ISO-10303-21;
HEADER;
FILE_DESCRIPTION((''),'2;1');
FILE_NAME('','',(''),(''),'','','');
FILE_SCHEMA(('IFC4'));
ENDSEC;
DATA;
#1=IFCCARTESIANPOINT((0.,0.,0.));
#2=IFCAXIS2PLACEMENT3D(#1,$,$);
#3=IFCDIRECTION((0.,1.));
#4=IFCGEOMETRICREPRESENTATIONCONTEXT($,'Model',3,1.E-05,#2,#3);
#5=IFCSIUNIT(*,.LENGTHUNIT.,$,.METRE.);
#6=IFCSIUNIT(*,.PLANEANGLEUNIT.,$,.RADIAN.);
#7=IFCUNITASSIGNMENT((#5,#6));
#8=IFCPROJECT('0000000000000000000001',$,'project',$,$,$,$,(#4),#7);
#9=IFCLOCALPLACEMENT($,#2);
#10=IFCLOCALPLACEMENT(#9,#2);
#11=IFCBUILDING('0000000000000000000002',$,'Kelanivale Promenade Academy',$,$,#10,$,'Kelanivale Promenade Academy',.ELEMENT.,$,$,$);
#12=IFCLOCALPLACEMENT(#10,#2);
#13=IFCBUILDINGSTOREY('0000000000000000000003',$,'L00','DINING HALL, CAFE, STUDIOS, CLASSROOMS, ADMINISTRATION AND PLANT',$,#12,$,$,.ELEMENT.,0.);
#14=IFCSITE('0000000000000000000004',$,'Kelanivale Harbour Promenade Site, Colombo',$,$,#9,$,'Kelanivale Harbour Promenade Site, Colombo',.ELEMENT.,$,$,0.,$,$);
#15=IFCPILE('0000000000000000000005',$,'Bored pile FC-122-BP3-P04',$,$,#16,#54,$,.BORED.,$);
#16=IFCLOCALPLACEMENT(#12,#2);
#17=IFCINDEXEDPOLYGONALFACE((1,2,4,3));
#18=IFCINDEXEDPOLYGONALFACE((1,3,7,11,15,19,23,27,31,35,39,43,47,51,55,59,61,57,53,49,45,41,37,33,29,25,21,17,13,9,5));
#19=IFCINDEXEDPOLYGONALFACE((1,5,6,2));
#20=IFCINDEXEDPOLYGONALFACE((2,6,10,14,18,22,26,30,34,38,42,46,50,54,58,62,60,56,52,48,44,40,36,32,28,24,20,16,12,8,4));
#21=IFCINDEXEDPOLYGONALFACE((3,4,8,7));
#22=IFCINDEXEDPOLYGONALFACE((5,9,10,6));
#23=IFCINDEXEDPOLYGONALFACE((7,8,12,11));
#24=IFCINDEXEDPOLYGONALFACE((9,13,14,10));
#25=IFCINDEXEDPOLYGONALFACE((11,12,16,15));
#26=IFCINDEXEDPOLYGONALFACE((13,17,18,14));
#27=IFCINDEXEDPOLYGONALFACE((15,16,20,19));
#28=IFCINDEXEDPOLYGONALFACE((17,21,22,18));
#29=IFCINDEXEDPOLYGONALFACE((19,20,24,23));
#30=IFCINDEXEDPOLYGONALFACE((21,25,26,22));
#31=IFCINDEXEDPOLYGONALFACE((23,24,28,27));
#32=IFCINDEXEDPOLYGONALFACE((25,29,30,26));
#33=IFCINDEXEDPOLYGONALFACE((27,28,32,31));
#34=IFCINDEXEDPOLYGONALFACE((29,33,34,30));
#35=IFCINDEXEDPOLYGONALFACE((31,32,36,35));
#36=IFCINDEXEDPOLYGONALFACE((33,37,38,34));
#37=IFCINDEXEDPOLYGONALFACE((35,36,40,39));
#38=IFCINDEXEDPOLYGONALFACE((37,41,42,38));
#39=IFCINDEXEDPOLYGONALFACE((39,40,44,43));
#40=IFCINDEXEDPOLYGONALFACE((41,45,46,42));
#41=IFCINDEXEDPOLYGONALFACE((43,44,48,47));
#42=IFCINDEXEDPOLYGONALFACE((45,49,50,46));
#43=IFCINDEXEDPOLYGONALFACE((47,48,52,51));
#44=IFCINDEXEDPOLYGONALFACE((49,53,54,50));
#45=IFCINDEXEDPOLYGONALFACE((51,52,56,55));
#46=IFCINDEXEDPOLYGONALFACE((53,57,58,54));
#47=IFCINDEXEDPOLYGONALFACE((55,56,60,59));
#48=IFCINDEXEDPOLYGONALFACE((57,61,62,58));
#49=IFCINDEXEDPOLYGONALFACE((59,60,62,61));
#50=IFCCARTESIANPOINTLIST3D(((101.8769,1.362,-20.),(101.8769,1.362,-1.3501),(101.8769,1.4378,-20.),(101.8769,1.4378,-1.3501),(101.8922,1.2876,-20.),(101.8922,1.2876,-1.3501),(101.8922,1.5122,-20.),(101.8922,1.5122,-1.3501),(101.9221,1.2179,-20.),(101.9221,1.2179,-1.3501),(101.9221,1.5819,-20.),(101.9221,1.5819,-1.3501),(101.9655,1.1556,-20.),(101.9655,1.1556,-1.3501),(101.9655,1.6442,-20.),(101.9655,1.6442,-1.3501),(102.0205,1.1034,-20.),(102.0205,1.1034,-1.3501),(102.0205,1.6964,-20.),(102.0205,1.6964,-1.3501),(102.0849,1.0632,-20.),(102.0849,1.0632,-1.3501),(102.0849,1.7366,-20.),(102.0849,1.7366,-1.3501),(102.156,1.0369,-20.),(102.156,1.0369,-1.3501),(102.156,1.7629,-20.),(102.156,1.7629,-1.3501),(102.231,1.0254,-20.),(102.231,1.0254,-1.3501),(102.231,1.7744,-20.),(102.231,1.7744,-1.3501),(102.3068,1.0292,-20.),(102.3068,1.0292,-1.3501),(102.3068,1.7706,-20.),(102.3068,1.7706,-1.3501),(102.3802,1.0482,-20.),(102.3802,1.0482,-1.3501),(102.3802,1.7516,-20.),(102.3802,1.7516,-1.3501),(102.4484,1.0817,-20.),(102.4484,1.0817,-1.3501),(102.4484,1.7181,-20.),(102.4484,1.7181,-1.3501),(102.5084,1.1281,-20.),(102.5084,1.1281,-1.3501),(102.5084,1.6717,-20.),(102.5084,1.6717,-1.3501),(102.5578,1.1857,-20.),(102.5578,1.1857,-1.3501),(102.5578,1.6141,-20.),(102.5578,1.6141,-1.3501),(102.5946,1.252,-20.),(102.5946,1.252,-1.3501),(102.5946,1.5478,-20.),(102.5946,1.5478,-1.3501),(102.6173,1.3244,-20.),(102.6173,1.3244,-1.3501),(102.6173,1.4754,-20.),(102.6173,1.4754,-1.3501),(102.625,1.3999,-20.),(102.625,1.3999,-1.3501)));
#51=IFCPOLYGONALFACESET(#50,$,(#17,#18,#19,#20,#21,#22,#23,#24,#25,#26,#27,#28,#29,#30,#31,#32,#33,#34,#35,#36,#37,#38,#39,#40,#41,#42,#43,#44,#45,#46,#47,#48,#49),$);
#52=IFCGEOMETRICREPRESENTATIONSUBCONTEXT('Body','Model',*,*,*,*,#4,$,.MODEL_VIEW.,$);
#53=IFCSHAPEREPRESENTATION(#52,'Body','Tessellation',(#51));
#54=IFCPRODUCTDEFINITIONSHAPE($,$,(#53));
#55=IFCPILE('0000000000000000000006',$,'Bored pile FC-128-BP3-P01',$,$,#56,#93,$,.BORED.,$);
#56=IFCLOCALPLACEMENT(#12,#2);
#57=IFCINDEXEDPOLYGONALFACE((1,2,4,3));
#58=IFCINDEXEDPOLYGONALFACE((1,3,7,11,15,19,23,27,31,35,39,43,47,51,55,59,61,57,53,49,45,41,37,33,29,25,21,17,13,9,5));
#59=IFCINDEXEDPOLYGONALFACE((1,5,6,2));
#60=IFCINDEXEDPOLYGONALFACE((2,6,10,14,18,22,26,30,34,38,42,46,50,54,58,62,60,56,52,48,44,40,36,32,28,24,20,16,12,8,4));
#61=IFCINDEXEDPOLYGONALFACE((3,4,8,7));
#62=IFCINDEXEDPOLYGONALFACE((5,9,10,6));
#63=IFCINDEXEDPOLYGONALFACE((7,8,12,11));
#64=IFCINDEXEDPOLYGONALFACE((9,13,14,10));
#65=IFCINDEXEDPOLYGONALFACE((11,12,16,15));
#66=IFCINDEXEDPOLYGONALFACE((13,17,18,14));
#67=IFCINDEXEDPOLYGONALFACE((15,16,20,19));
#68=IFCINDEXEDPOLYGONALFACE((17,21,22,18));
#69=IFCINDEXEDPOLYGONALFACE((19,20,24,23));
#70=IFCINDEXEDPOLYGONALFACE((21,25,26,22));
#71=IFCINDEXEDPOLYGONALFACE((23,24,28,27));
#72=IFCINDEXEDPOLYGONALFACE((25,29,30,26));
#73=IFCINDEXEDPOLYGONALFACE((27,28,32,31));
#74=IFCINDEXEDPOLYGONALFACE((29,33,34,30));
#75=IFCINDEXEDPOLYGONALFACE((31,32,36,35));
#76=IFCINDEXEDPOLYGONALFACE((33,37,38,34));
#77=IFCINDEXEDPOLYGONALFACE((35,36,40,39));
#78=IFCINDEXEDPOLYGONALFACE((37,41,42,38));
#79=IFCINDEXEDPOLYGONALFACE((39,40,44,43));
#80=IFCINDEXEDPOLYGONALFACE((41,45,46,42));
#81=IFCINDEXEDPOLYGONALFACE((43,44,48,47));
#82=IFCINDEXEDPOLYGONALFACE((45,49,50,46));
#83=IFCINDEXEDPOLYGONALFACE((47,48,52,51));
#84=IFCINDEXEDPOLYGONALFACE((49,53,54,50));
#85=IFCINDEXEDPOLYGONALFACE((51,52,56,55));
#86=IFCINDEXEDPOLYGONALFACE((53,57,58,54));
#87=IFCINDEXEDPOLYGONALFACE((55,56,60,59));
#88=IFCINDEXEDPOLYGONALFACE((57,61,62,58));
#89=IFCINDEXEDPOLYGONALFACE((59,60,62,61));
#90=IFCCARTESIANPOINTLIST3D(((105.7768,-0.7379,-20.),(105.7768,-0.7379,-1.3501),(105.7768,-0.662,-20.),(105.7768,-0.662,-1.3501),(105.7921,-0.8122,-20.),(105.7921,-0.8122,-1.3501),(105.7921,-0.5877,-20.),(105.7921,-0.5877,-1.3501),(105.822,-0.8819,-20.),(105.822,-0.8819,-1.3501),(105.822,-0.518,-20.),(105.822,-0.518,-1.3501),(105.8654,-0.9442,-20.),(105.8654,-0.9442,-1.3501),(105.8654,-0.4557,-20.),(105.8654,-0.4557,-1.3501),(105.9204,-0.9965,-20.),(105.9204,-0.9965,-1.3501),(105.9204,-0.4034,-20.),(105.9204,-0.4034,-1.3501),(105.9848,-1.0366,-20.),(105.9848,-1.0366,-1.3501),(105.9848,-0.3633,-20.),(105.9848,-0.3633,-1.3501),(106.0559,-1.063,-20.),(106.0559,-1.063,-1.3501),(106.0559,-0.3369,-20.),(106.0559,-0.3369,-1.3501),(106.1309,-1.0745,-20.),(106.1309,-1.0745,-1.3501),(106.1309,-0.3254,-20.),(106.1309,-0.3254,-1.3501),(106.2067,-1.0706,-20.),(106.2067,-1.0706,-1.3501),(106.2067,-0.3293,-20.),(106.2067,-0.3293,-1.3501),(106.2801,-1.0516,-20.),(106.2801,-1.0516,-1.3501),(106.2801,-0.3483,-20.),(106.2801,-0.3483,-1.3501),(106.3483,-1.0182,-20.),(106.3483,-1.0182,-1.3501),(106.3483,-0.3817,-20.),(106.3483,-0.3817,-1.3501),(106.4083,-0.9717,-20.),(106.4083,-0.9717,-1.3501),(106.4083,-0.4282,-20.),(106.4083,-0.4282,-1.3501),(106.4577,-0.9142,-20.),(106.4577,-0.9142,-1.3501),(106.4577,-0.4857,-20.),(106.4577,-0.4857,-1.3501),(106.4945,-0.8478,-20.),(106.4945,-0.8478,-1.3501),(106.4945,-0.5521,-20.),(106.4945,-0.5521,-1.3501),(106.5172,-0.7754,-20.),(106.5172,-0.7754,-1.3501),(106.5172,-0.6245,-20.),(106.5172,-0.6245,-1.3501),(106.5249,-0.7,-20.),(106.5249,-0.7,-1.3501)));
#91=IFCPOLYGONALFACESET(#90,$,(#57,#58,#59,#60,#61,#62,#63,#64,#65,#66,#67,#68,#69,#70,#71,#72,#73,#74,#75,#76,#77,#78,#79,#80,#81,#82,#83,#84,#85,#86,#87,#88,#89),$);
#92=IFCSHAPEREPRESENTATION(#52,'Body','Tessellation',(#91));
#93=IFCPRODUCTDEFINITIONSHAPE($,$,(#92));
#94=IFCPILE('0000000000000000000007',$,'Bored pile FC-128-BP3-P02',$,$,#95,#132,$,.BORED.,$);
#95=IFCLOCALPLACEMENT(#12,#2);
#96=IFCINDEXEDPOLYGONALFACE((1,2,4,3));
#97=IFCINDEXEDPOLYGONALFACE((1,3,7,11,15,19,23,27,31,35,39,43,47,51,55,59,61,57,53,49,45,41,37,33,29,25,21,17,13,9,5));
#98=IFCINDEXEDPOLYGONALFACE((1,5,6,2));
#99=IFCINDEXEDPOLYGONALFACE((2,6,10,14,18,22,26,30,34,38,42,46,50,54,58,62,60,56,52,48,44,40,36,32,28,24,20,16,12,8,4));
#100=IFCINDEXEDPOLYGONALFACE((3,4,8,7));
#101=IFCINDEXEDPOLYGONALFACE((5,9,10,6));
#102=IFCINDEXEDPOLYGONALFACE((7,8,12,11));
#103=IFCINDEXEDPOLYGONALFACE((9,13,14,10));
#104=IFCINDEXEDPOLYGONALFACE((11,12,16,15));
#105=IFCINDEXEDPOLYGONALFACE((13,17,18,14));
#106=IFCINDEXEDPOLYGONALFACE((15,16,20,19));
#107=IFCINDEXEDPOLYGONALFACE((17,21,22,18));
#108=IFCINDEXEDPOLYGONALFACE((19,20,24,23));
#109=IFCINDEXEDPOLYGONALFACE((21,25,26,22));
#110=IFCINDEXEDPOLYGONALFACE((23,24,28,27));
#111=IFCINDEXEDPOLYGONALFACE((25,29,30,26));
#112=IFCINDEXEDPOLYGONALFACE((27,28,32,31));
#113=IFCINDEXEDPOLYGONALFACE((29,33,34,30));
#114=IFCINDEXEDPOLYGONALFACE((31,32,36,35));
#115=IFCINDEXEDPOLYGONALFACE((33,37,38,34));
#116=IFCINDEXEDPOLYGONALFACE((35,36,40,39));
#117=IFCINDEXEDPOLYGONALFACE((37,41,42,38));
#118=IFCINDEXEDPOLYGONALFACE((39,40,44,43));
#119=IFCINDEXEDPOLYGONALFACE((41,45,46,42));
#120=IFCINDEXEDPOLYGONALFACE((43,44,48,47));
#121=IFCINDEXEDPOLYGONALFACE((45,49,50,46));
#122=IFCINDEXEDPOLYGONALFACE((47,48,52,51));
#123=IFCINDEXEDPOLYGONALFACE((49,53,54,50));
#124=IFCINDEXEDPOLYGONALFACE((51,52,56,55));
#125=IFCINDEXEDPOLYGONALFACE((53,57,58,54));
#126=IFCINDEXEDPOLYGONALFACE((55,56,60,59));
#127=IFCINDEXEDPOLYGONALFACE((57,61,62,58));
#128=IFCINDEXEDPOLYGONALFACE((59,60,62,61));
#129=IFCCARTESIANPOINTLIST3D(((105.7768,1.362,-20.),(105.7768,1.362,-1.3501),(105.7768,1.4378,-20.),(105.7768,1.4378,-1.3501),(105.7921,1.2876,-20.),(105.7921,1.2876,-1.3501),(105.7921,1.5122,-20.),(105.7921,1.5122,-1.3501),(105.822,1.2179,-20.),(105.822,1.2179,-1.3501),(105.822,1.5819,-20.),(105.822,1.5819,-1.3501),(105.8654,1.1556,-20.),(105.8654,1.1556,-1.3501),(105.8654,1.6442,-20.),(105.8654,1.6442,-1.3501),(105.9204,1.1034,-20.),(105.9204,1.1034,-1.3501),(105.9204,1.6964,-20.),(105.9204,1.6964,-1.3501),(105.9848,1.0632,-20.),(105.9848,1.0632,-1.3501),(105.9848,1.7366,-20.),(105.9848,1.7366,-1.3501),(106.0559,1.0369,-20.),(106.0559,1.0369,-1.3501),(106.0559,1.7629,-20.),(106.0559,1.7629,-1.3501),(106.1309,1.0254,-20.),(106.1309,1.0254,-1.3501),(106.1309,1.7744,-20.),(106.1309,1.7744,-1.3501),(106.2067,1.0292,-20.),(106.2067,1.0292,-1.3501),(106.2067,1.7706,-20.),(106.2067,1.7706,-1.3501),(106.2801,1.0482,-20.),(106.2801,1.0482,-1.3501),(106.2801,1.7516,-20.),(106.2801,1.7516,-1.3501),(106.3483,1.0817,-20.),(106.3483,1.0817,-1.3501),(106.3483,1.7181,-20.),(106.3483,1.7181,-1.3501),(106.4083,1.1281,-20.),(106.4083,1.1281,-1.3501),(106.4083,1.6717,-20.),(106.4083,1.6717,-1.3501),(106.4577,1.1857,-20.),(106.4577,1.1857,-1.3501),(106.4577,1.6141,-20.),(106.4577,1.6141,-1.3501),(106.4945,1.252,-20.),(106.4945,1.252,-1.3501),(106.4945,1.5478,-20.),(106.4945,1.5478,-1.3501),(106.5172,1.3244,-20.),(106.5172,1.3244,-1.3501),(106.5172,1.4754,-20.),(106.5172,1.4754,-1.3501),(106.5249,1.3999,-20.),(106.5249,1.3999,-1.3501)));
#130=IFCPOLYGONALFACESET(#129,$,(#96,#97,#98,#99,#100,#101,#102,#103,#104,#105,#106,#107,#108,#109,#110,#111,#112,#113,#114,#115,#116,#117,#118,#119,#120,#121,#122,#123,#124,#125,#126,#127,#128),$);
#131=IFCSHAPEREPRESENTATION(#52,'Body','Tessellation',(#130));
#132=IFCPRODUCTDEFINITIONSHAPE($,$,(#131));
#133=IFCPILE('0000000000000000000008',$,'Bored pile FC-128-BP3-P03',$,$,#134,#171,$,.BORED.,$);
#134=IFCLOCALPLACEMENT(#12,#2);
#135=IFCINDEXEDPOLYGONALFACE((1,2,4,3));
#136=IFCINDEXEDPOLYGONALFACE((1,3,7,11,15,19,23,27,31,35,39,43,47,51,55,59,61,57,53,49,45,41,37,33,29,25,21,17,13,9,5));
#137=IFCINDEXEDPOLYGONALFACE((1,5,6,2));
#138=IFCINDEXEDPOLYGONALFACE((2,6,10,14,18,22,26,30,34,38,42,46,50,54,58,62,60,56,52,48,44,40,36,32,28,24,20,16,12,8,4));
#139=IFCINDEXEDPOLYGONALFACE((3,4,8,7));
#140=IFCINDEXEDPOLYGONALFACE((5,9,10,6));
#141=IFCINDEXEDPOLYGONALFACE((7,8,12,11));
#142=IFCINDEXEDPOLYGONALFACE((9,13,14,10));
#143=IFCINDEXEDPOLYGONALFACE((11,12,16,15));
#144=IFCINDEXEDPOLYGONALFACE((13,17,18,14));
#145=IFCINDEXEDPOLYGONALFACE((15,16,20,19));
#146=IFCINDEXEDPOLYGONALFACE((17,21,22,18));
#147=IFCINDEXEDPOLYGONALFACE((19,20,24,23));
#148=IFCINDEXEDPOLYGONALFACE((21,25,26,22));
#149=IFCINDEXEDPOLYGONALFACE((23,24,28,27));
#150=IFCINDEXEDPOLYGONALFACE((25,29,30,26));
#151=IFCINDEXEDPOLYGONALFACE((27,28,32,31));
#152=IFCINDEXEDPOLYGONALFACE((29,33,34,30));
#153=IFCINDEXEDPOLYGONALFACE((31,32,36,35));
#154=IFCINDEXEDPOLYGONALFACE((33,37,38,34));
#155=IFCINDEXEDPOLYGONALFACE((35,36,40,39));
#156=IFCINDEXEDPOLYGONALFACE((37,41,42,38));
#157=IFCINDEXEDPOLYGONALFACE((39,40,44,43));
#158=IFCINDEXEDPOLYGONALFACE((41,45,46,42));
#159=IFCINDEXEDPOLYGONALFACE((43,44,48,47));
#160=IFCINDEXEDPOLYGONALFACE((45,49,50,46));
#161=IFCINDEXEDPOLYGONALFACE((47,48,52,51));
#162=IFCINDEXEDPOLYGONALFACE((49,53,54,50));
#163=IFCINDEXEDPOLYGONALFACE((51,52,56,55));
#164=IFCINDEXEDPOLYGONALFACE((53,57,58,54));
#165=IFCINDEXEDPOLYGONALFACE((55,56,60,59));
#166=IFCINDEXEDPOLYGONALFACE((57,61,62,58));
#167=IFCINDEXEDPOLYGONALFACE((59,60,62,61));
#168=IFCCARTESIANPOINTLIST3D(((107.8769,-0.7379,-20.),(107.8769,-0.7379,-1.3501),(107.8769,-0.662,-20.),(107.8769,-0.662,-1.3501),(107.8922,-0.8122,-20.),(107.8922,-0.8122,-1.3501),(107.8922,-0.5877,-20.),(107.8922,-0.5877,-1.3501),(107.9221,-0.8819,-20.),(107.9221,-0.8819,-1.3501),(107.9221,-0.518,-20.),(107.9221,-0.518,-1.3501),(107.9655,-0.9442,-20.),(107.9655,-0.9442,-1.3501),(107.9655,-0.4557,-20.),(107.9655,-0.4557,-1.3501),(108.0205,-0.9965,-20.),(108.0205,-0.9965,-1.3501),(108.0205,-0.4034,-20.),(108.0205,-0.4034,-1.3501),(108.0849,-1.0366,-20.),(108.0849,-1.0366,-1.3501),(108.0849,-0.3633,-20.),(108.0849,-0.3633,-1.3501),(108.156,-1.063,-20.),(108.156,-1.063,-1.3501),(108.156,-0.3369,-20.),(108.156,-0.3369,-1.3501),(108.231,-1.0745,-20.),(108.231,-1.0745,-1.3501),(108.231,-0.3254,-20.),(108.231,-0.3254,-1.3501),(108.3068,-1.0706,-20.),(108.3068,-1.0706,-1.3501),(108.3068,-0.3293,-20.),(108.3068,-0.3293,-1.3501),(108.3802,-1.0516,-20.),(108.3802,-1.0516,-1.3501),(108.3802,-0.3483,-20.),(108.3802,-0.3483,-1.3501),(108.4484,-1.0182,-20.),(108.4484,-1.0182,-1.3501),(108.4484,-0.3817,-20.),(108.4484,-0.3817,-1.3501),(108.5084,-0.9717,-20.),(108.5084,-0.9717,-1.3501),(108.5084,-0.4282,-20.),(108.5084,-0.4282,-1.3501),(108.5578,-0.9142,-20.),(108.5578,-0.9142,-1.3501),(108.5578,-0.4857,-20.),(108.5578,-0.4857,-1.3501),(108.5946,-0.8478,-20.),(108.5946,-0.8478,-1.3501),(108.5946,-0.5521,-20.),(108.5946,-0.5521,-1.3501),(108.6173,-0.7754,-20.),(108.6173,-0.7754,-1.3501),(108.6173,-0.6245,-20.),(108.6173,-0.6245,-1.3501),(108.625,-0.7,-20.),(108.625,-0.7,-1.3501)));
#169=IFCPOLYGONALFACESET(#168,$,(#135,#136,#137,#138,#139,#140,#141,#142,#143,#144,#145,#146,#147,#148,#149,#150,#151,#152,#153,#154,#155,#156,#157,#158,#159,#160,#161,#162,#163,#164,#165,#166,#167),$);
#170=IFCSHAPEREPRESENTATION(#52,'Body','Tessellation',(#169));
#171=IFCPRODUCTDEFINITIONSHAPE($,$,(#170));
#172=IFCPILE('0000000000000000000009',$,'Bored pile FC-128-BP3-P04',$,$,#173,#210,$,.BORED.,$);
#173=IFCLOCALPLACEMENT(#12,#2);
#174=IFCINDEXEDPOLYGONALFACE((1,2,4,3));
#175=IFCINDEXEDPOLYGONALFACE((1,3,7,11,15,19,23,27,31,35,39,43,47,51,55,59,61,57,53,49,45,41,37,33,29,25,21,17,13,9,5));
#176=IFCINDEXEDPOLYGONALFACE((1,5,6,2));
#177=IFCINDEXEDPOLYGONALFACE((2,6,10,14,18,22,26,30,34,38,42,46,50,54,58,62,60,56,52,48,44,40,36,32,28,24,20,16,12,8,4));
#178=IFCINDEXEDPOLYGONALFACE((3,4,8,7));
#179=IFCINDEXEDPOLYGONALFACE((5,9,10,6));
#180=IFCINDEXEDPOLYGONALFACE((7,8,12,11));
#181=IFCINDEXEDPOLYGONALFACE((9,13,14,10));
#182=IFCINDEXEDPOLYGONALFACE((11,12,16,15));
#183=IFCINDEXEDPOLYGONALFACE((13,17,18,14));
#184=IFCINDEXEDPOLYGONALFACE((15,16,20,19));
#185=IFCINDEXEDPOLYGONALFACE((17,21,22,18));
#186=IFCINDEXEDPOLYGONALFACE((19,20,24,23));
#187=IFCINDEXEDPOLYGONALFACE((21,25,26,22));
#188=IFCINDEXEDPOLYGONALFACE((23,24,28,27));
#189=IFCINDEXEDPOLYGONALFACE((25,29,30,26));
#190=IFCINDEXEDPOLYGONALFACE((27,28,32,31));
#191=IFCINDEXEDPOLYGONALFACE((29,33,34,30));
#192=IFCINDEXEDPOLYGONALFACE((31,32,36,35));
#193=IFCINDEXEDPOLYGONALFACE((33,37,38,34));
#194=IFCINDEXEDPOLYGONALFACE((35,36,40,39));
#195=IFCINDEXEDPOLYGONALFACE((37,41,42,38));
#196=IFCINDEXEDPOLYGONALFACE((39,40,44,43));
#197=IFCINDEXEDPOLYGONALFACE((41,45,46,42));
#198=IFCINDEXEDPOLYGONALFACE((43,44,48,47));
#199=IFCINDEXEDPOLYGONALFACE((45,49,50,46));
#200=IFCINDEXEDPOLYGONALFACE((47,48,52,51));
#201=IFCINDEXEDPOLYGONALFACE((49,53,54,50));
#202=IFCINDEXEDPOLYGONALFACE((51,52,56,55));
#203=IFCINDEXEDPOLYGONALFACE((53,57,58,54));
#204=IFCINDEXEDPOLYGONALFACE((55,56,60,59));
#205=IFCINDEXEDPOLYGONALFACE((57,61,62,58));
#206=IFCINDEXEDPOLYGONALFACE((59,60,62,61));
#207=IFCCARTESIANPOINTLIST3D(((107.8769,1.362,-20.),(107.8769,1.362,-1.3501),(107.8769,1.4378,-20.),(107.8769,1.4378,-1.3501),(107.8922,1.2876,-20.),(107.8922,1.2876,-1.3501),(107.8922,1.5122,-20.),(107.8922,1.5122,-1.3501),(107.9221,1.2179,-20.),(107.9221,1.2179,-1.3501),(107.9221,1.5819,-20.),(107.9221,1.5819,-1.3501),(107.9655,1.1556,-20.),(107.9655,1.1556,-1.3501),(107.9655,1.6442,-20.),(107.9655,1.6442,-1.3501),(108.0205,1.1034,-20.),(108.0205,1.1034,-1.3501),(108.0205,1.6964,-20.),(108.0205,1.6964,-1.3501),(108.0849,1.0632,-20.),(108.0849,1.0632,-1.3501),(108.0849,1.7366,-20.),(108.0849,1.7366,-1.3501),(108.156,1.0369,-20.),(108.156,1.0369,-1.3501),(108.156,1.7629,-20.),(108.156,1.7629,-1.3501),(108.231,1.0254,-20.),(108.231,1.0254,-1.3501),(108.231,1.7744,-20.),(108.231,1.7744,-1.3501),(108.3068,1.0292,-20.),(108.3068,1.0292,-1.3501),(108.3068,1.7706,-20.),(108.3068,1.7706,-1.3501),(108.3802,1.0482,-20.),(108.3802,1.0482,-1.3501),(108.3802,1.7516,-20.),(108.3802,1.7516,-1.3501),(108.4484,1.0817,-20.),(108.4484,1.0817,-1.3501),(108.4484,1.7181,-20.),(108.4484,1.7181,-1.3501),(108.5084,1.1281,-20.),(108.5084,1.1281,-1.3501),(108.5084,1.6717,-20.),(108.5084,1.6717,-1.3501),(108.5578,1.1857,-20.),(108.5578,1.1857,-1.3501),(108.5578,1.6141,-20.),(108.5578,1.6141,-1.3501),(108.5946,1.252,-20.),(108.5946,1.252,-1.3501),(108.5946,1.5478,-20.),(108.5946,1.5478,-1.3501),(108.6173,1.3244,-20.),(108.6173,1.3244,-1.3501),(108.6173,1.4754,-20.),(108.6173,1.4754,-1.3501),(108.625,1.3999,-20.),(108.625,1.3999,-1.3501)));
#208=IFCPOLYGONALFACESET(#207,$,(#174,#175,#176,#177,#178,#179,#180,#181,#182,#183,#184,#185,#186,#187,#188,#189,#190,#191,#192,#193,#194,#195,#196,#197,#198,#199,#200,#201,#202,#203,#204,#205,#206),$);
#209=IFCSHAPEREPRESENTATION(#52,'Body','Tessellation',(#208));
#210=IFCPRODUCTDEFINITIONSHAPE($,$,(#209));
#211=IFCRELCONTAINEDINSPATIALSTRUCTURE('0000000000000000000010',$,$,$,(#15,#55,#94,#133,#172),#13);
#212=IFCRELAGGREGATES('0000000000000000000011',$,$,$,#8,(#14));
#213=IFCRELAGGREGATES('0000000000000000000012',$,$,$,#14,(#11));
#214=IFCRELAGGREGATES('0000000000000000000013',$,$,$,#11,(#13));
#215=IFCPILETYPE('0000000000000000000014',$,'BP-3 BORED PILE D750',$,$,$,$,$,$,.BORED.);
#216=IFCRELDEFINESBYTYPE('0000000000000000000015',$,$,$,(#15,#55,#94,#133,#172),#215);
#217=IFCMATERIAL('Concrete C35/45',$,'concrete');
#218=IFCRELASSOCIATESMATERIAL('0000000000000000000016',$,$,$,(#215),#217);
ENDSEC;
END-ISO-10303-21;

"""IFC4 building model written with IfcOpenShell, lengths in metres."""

from ifc_helpers import new_model, si_unit, direction, frame, origin, origin_2d, place, context, subcontext, project, spatial, circle, extrude, material, material_profile, profile_set, type_object, element, save


model = new_model("IFC4")

# Units and contexts
model_context = context("Model", 3, precision=1e-05, world=origin(), true_north=direction((0.0, 1.0)))
body_context = subcontext(model_context, "Body", "Model", "MODEL_VIEW")
ifc_project = project(units=[si_unit("LENGTHUNIT", "METRE"), si_unit("PLANEANGLEUNIT", "RADIAN")], contexts=[model_context])

# Site, building, storey
site_placement = place(None, origin())
site = spatial("IfcSite", under=ifc_project, at=site_placement, Name="Kelanivale Harbour Promenade Site, Colombo", LongName="Kelanivale Harbour Promenade Site, Colombo", CompositionType="ELEMENT", RefElevation=0.0)
building_placement = place(site_placement, origin())
building = spatial("IfcBuilding", under=site, at=building_placement, Name="Kelanivale Promenade Academy", LongName="Kelanivale Promenade Academy", CompositionType="ELEMENT")
storey_placement = place(building_placement, origin())
storey = spatial("IfcBuildingStorey", under=building, at=storey_placement, Name="L00", Description="DINING HALL, CAFE, STUDIOS, CLASSROOMS, ADMINISTRATION AND PLANT", CompositionType="ELEMENT", Elevation=0.0)

# Piles
ifc_material_1 = material(Name="Concrete C35/45", Category="concrete")
ifc_material_profile_1 = material_profile(ifc_material_1, circle(Radius=0.375, at=origin_2d()), Name="BORED PILE D750")
ifc_profile_set_1 = profile_set([ifc_material_profile_1], Name="Concrete C35/45")
pile_type_1 = type_object("IfcPileType", Name="BP-3 BORED PILE D750", PredefinedType="BORED", material=ifc_profile_set_1)
for number, where, z_axis, x_axis, name in (
    (1, (102.25, 1.3999, -1.3501), (0.0, 0.0, -1.0), (1.0, 0.0, 0.0), "Bored pile FC-122-BP3-P04"),
    (2, (106.1499, -0.7, -1.3501), (0.0, 0.0, -1.0), (1.0, 0.0, 0.0), "Bored pile FC-128-BP3-P01"),
    (3, (106.1499, 1.3999, -1.3501), (0.0, 0.0, -1.0), (1.0, 0.0, 0.0), "Bored pile FC-128-BP3-P02"),
    (4, (108.25, -0.7, -1.3501), (0.0, 0.0, -1.0), (1.0, 0.0, 0.0), "Bored pile FC-128-BP3-P03"),
    (5, (108.25, 1.3999, -1.3501), (0.0, 0.0, -1.0), (1.0, 0.0, 0.0), "Bored pile FC-128-BP3-P04"),
):
    element("IfcPile", number, at=place(storey_placement, frame(where, z_axis=z_axis, x_axis=x_axis)), inside=storey, type_object=pile_type_1, Name=name, PredefinedType="BORED", context=body_context, shape_type="SweptSolid", body=[
        extrude(circle(Radius=0.375, at=origin_2d()), origin(), (0.0, 0.0, 1.0), 18.6499),
    ])

save(model, "model.ifc")
